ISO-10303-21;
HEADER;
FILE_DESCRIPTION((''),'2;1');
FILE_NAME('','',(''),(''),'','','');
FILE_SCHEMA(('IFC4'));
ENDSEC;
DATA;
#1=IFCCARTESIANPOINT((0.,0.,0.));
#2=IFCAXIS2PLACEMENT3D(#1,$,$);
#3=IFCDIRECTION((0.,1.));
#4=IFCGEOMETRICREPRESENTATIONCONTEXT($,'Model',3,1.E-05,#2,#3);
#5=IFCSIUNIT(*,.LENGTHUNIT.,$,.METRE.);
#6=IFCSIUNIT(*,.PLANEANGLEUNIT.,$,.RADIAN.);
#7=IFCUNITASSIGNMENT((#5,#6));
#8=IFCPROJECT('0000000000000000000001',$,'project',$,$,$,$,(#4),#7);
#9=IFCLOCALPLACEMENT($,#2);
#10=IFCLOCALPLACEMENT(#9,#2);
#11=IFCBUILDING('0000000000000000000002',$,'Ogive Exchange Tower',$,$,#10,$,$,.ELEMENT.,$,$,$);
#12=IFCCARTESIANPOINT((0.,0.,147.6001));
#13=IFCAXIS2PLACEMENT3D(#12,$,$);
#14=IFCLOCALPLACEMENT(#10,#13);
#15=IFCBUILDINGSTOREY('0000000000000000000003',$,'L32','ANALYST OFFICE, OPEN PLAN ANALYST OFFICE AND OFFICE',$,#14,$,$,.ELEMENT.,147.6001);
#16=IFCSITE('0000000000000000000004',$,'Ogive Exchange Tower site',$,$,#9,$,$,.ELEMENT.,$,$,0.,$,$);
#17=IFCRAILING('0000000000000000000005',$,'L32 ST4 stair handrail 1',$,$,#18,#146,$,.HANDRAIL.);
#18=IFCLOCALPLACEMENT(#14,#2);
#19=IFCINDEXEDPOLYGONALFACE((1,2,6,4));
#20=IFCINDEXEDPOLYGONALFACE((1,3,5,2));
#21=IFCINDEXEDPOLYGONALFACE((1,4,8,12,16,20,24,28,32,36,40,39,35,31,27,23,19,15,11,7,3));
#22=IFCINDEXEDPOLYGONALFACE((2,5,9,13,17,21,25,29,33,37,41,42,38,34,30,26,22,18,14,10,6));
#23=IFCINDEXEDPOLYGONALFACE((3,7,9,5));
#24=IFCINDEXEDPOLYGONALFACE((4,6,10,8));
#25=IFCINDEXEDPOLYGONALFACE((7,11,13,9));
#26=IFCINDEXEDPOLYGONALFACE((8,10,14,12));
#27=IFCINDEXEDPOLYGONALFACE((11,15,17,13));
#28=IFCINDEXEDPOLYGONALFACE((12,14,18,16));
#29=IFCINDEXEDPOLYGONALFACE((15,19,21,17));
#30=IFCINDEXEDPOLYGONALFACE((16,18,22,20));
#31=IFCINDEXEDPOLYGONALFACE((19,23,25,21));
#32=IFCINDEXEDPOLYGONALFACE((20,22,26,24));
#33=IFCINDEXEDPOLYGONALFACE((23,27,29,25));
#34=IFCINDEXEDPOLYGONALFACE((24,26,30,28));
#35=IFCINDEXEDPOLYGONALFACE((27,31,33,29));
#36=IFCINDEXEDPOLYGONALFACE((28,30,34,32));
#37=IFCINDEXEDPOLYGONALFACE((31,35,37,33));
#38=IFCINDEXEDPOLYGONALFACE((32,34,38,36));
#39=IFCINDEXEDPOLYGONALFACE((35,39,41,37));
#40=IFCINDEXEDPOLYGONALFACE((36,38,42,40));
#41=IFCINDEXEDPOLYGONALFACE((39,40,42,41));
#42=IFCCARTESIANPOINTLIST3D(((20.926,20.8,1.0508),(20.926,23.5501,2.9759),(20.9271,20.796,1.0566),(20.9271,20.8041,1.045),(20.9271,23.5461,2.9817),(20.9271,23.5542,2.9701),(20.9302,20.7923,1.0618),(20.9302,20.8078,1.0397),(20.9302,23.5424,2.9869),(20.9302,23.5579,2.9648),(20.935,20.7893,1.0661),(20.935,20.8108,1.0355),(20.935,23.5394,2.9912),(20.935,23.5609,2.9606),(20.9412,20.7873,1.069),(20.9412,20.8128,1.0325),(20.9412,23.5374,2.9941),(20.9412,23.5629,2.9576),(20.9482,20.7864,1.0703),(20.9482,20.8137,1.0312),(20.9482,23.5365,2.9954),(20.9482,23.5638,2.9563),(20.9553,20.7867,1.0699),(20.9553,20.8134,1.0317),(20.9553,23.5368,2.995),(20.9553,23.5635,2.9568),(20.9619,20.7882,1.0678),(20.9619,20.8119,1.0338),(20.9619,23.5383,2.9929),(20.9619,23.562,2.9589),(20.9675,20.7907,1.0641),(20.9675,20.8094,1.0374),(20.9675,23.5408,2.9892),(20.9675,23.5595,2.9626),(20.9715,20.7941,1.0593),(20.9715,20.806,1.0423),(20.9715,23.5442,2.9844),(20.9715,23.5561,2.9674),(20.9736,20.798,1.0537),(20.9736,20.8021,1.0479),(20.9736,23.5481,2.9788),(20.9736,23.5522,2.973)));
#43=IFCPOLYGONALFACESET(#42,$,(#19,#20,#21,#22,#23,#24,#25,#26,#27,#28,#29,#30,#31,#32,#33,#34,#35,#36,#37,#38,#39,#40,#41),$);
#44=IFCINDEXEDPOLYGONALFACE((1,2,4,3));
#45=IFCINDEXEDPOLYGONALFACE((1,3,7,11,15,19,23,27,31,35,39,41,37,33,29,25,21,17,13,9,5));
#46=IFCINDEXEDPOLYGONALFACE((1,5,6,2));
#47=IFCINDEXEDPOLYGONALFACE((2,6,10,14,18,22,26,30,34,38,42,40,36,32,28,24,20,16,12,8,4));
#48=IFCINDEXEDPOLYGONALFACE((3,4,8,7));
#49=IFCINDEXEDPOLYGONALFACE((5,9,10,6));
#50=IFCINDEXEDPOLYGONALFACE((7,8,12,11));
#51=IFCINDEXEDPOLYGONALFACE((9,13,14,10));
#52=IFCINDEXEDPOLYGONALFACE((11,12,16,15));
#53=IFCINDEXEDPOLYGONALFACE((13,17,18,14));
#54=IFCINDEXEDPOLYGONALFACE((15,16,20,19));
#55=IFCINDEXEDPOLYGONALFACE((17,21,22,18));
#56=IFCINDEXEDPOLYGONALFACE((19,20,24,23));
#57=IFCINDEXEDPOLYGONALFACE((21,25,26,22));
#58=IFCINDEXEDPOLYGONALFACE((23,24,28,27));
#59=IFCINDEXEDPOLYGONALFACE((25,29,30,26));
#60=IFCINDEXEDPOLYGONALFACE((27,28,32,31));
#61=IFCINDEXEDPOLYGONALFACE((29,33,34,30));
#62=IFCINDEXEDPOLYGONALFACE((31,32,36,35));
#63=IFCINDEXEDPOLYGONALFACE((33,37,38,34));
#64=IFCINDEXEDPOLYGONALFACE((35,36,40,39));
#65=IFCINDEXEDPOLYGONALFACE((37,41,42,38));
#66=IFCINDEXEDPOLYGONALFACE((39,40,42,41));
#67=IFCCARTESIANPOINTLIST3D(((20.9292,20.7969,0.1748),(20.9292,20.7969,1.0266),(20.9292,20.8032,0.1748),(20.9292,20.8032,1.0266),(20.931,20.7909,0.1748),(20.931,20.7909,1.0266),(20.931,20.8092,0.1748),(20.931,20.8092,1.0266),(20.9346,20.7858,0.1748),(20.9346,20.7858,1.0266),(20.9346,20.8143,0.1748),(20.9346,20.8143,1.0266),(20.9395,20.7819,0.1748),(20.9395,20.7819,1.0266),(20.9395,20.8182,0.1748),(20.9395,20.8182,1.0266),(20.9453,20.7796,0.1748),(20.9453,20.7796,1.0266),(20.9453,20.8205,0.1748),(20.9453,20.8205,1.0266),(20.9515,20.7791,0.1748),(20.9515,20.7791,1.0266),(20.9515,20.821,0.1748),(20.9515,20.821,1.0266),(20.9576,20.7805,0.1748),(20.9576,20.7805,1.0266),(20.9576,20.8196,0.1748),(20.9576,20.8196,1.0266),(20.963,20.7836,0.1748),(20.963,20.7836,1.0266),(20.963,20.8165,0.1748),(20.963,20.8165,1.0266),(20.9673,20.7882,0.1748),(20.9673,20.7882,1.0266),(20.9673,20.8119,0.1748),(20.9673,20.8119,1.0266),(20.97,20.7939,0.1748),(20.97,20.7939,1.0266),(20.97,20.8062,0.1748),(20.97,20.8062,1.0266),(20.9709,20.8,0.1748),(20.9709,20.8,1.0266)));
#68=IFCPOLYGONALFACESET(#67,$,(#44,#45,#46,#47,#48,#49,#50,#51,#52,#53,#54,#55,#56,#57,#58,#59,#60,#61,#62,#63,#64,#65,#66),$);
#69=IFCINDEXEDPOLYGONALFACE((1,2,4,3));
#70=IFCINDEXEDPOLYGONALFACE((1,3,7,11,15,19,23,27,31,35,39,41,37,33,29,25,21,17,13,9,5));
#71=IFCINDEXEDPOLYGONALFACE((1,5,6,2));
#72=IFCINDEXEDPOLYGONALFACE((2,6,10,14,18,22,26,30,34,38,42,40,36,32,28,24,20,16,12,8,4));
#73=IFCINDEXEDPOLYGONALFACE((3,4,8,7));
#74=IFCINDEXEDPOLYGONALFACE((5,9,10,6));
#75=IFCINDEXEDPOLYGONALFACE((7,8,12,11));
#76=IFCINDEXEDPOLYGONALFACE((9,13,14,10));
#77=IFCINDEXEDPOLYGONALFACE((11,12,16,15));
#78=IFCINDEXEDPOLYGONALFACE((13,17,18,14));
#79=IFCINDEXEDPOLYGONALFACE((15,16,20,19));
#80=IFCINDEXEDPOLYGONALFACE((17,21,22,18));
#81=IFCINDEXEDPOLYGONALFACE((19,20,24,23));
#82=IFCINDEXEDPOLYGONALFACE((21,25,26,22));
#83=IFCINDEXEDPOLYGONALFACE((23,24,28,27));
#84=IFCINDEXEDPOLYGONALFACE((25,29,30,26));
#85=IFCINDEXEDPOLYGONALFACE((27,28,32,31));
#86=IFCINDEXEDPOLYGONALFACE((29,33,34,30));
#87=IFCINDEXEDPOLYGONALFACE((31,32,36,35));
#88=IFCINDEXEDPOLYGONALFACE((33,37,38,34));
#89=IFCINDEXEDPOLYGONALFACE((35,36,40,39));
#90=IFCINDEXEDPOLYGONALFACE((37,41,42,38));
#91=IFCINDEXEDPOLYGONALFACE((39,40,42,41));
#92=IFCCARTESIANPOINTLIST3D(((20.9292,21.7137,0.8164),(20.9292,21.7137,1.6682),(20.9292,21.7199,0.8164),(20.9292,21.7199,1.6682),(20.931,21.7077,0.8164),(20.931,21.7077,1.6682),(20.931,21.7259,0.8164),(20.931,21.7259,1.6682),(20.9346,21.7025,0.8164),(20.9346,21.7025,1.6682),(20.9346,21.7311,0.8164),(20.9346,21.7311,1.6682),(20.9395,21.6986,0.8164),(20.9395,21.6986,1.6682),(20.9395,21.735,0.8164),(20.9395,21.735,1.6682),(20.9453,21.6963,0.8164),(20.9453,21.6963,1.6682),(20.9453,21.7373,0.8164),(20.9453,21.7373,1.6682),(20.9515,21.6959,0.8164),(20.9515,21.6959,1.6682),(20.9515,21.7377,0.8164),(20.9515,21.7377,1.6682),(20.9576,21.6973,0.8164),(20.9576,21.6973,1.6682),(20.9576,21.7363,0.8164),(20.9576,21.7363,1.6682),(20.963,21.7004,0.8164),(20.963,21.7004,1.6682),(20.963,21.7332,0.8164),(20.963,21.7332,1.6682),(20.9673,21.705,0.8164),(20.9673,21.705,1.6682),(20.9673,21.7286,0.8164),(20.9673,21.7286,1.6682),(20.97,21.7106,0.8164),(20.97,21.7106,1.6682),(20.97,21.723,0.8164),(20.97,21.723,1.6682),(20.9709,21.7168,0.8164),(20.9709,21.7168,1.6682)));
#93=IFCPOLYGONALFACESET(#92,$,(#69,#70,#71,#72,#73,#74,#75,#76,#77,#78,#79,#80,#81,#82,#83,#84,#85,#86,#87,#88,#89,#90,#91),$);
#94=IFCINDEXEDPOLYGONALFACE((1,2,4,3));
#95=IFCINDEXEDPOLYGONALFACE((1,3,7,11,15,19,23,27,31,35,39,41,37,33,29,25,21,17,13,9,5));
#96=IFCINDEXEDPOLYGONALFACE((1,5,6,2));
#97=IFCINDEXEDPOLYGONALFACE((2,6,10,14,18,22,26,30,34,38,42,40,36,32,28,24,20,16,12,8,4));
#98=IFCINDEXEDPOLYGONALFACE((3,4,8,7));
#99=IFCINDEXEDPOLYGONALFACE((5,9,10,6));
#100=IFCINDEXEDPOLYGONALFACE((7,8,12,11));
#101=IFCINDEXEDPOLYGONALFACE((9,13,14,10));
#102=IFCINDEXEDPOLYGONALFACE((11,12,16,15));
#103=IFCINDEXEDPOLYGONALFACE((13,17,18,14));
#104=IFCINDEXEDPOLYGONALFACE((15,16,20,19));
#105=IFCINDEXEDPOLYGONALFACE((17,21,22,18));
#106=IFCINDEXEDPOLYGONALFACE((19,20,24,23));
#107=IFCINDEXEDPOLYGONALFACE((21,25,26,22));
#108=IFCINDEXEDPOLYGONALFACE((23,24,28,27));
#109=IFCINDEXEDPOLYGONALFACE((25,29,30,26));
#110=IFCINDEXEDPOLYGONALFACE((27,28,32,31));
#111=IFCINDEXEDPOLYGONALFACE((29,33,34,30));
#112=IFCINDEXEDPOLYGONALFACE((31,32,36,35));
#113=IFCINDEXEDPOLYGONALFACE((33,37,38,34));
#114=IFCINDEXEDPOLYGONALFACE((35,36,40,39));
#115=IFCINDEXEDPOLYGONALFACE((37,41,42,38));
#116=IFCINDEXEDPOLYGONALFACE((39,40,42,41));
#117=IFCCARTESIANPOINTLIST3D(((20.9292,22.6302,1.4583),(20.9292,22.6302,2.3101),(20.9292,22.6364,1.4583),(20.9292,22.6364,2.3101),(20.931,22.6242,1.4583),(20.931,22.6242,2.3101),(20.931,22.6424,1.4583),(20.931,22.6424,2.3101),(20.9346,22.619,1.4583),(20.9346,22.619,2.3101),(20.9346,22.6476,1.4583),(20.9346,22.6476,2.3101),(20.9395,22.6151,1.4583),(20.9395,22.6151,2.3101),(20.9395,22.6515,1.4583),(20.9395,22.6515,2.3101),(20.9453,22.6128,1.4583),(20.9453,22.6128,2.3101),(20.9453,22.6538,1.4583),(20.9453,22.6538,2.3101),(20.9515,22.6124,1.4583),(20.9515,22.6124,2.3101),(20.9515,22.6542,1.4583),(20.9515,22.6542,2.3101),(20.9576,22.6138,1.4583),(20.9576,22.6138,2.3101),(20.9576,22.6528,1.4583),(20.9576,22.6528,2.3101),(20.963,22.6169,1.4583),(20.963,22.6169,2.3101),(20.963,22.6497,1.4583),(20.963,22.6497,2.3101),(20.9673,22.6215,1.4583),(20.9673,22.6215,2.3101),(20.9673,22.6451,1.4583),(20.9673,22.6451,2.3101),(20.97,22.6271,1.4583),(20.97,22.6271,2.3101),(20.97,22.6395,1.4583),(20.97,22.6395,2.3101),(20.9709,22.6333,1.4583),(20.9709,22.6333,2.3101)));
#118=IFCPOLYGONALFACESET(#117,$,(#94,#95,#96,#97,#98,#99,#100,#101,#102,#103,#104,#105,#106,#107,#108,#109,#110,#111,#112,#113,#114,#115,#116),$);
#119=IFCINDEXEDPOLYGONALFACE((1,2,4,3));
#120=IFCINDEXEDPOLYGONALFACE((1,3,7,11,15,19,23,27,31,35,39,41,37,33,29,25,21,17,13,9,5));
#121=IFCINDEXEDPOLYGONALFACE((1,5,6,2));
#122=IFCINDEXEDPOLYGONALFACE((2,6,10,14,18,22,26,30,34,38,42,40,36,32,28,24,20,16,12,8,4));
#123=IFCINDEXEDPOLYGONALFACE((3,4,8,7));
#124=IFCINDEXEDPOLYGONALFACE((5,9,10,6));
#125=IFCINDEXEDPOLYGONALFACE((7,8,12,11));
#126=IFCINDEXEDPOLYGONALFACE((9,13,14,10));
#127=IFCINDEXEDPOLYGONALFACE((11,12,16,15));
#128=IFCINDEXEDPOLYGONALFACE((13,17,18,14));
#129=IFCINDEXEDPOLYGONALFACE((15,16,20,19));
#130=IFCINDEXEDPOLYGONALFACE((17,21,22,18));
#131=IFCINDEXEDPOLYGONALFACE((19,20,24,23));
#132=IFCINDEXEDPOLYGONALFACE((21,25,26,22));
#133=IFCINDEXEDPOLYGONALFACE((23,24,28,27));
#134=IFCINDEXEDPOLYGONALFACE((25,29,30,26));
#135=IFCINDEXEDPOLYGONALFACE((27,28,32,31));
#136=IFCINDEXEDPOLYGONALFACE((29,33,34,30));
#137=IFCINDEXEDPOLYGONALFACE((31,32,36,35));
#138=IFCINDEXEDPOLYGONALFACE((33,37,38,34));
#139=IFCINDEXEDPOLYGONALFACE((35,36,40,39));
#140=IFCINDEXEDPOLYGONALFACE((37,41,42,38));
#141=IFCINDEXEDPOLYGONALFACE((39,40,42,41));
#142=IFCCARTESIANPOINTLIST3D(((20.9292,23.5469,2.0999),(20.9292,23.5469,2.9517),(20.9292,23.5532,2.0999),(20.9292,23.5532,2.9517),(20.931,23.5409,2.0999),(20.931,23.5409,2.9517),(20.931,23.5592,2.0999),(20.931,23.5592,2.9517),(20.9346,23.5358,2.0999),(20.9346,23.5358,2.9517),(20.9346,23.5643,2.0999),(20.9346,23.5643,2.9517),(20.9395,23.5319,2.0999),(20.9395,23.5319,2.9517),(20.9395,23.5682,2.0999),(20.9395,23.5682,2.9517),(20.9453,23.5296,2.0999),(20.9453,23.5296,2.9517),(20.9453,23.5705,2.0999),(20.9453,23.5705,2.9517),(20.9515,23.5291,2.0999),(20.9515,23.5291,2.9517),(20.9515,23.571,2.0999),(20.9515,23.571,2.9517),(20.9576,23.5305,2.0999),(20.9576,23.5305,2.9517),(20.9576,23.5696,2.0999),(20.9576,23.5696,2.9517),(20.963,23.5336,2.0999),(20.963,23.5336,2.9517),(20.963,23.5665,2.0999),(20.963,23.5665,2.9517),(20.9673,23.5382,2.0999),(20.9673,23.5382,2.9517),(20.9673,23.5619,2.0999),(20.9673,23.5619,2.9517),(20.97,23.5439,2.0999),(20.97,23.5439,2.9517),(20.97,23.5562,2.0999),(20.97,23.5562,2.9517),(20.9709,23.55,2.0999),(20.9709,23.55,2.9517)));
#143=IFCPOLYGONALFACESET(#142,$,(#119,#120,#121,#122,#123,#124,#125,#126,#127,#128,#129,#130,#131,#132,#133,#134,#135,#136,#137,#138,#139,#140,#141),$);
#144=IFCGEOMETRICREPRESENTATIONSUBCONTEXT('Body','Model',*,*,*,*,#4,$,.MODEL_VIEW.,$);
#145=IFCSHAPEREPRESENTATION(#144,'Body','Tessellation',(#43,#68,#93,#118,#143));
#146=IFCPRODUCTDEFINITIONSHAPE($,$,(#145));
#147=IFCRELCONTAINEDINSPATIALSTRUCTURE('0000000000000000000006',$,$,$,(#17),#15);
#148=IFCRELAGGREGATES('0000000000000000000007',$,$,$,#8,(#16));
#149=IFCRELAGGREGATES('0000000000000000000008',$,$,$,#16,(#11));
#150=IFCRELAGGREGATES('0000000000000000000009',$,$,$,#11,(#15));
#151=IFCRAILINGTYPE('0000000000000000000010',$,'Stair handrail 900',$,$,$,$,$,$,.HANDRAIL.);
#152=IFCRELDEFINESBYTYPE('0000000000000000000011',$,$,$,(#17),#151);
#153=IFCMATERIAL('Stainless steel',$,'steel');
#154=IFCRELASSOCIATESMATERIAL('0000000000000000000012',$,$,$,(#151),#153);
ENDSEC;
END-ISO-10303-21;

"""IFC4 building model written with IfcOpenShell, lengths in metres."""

from ifc_helpers import new_model, si_unit, direction, frame, origin, origin_2d, place, context, subcontext, project, spatial, circle, extrude, material, type_object, element, save


model = new_model("IFC4")

# Units and contexts
model_context = context("Model", 3, precision=1e-05, world=origin(), true_north=direction((0.0, 1.0)))
body_context = subcontext(model_context, "Body", "Model", "MODEL_VIEW")
ifc_project = project(units=[si_unit("LENGTHUNIT", "METRE"), si_unit("PLANEANGLEUNIT", "RADIAN")], contexts=[model_context])

# Site, building, storey
site_placement = place(None, origin())
site = spatial("IfcSite", under=ifc_project, at=site_placement, Name="Ogive Exchange Tower site", CompositionType="ELEMENT", RefElevation=0.0)
building_placement = place(site_placement, origin())
building = spatial("IfcBuilding", under=site, at=building_placement, Name="Ogive Exchange Tower", CompositionType="ELEMENT")
storey_placement = place(building_placement, frame((0.0, 0.0, 147.6001)))
storey = spatial("IfcBuildingStorey", under=building, at=storey_placement, Name="L32", Description="ANALYST OFFICE, OPEN PLAN ANALYST OFFICE AND OFFICE", CompositionType="ELEMENT", Elevation=147.6001)

# Railing
ifc_material_1 = material(Name="Stainless steel", Category="steel")
railing_type = type_object("IfcRailingType", Name="Stair handrail 900", PredefinedType="HANDRAIL", material=ifc_material_1)
railing_placement = place(storey_placement, frame((20.95, 20.8, 0.1748)))
element("IfcRailing", 1, at=railing_placement, inside=storey, type_object=railing_type, Name="L32 ST4 stair handrail 1", PredefinedType="HANDRAIL", context=body_context, shape_type="SweptSolid", body=[
    extrude(circle(Radius=0.0239, at=origin_2d()), frame((0.0, 0.0, 0.876), z_axis=(0.0, 0.819225, 0.573472), x_axis=(-1.0, 0.0, 0.0)), (0.0, 0.0, 1.0), 3.3569),
    extrude(circle(Radius=0.021, at=origin_2d()), origin(), (0.0, 0.0, 1.0), 0.8518),
    extrude(circle(Radius=0.021, at=origin_2d()), frame((0.0, 0.9167, 0.6416)), (0.0, 0.0, 1.0), 0.8518),
    extrude(circle(Radius=0.021, at=origin_2d()), frame((0.0, 1.8333, 1.2834)), (0.0, 0.0, 1.0), 0.8518),
    extrude(circle(Radius=0.021, at=origin_2d()), frame((0.0, 2.75, 1.925)), (0.0, 0.0, 1.0), 0.8518),
])

save(model, "model.ifc")
